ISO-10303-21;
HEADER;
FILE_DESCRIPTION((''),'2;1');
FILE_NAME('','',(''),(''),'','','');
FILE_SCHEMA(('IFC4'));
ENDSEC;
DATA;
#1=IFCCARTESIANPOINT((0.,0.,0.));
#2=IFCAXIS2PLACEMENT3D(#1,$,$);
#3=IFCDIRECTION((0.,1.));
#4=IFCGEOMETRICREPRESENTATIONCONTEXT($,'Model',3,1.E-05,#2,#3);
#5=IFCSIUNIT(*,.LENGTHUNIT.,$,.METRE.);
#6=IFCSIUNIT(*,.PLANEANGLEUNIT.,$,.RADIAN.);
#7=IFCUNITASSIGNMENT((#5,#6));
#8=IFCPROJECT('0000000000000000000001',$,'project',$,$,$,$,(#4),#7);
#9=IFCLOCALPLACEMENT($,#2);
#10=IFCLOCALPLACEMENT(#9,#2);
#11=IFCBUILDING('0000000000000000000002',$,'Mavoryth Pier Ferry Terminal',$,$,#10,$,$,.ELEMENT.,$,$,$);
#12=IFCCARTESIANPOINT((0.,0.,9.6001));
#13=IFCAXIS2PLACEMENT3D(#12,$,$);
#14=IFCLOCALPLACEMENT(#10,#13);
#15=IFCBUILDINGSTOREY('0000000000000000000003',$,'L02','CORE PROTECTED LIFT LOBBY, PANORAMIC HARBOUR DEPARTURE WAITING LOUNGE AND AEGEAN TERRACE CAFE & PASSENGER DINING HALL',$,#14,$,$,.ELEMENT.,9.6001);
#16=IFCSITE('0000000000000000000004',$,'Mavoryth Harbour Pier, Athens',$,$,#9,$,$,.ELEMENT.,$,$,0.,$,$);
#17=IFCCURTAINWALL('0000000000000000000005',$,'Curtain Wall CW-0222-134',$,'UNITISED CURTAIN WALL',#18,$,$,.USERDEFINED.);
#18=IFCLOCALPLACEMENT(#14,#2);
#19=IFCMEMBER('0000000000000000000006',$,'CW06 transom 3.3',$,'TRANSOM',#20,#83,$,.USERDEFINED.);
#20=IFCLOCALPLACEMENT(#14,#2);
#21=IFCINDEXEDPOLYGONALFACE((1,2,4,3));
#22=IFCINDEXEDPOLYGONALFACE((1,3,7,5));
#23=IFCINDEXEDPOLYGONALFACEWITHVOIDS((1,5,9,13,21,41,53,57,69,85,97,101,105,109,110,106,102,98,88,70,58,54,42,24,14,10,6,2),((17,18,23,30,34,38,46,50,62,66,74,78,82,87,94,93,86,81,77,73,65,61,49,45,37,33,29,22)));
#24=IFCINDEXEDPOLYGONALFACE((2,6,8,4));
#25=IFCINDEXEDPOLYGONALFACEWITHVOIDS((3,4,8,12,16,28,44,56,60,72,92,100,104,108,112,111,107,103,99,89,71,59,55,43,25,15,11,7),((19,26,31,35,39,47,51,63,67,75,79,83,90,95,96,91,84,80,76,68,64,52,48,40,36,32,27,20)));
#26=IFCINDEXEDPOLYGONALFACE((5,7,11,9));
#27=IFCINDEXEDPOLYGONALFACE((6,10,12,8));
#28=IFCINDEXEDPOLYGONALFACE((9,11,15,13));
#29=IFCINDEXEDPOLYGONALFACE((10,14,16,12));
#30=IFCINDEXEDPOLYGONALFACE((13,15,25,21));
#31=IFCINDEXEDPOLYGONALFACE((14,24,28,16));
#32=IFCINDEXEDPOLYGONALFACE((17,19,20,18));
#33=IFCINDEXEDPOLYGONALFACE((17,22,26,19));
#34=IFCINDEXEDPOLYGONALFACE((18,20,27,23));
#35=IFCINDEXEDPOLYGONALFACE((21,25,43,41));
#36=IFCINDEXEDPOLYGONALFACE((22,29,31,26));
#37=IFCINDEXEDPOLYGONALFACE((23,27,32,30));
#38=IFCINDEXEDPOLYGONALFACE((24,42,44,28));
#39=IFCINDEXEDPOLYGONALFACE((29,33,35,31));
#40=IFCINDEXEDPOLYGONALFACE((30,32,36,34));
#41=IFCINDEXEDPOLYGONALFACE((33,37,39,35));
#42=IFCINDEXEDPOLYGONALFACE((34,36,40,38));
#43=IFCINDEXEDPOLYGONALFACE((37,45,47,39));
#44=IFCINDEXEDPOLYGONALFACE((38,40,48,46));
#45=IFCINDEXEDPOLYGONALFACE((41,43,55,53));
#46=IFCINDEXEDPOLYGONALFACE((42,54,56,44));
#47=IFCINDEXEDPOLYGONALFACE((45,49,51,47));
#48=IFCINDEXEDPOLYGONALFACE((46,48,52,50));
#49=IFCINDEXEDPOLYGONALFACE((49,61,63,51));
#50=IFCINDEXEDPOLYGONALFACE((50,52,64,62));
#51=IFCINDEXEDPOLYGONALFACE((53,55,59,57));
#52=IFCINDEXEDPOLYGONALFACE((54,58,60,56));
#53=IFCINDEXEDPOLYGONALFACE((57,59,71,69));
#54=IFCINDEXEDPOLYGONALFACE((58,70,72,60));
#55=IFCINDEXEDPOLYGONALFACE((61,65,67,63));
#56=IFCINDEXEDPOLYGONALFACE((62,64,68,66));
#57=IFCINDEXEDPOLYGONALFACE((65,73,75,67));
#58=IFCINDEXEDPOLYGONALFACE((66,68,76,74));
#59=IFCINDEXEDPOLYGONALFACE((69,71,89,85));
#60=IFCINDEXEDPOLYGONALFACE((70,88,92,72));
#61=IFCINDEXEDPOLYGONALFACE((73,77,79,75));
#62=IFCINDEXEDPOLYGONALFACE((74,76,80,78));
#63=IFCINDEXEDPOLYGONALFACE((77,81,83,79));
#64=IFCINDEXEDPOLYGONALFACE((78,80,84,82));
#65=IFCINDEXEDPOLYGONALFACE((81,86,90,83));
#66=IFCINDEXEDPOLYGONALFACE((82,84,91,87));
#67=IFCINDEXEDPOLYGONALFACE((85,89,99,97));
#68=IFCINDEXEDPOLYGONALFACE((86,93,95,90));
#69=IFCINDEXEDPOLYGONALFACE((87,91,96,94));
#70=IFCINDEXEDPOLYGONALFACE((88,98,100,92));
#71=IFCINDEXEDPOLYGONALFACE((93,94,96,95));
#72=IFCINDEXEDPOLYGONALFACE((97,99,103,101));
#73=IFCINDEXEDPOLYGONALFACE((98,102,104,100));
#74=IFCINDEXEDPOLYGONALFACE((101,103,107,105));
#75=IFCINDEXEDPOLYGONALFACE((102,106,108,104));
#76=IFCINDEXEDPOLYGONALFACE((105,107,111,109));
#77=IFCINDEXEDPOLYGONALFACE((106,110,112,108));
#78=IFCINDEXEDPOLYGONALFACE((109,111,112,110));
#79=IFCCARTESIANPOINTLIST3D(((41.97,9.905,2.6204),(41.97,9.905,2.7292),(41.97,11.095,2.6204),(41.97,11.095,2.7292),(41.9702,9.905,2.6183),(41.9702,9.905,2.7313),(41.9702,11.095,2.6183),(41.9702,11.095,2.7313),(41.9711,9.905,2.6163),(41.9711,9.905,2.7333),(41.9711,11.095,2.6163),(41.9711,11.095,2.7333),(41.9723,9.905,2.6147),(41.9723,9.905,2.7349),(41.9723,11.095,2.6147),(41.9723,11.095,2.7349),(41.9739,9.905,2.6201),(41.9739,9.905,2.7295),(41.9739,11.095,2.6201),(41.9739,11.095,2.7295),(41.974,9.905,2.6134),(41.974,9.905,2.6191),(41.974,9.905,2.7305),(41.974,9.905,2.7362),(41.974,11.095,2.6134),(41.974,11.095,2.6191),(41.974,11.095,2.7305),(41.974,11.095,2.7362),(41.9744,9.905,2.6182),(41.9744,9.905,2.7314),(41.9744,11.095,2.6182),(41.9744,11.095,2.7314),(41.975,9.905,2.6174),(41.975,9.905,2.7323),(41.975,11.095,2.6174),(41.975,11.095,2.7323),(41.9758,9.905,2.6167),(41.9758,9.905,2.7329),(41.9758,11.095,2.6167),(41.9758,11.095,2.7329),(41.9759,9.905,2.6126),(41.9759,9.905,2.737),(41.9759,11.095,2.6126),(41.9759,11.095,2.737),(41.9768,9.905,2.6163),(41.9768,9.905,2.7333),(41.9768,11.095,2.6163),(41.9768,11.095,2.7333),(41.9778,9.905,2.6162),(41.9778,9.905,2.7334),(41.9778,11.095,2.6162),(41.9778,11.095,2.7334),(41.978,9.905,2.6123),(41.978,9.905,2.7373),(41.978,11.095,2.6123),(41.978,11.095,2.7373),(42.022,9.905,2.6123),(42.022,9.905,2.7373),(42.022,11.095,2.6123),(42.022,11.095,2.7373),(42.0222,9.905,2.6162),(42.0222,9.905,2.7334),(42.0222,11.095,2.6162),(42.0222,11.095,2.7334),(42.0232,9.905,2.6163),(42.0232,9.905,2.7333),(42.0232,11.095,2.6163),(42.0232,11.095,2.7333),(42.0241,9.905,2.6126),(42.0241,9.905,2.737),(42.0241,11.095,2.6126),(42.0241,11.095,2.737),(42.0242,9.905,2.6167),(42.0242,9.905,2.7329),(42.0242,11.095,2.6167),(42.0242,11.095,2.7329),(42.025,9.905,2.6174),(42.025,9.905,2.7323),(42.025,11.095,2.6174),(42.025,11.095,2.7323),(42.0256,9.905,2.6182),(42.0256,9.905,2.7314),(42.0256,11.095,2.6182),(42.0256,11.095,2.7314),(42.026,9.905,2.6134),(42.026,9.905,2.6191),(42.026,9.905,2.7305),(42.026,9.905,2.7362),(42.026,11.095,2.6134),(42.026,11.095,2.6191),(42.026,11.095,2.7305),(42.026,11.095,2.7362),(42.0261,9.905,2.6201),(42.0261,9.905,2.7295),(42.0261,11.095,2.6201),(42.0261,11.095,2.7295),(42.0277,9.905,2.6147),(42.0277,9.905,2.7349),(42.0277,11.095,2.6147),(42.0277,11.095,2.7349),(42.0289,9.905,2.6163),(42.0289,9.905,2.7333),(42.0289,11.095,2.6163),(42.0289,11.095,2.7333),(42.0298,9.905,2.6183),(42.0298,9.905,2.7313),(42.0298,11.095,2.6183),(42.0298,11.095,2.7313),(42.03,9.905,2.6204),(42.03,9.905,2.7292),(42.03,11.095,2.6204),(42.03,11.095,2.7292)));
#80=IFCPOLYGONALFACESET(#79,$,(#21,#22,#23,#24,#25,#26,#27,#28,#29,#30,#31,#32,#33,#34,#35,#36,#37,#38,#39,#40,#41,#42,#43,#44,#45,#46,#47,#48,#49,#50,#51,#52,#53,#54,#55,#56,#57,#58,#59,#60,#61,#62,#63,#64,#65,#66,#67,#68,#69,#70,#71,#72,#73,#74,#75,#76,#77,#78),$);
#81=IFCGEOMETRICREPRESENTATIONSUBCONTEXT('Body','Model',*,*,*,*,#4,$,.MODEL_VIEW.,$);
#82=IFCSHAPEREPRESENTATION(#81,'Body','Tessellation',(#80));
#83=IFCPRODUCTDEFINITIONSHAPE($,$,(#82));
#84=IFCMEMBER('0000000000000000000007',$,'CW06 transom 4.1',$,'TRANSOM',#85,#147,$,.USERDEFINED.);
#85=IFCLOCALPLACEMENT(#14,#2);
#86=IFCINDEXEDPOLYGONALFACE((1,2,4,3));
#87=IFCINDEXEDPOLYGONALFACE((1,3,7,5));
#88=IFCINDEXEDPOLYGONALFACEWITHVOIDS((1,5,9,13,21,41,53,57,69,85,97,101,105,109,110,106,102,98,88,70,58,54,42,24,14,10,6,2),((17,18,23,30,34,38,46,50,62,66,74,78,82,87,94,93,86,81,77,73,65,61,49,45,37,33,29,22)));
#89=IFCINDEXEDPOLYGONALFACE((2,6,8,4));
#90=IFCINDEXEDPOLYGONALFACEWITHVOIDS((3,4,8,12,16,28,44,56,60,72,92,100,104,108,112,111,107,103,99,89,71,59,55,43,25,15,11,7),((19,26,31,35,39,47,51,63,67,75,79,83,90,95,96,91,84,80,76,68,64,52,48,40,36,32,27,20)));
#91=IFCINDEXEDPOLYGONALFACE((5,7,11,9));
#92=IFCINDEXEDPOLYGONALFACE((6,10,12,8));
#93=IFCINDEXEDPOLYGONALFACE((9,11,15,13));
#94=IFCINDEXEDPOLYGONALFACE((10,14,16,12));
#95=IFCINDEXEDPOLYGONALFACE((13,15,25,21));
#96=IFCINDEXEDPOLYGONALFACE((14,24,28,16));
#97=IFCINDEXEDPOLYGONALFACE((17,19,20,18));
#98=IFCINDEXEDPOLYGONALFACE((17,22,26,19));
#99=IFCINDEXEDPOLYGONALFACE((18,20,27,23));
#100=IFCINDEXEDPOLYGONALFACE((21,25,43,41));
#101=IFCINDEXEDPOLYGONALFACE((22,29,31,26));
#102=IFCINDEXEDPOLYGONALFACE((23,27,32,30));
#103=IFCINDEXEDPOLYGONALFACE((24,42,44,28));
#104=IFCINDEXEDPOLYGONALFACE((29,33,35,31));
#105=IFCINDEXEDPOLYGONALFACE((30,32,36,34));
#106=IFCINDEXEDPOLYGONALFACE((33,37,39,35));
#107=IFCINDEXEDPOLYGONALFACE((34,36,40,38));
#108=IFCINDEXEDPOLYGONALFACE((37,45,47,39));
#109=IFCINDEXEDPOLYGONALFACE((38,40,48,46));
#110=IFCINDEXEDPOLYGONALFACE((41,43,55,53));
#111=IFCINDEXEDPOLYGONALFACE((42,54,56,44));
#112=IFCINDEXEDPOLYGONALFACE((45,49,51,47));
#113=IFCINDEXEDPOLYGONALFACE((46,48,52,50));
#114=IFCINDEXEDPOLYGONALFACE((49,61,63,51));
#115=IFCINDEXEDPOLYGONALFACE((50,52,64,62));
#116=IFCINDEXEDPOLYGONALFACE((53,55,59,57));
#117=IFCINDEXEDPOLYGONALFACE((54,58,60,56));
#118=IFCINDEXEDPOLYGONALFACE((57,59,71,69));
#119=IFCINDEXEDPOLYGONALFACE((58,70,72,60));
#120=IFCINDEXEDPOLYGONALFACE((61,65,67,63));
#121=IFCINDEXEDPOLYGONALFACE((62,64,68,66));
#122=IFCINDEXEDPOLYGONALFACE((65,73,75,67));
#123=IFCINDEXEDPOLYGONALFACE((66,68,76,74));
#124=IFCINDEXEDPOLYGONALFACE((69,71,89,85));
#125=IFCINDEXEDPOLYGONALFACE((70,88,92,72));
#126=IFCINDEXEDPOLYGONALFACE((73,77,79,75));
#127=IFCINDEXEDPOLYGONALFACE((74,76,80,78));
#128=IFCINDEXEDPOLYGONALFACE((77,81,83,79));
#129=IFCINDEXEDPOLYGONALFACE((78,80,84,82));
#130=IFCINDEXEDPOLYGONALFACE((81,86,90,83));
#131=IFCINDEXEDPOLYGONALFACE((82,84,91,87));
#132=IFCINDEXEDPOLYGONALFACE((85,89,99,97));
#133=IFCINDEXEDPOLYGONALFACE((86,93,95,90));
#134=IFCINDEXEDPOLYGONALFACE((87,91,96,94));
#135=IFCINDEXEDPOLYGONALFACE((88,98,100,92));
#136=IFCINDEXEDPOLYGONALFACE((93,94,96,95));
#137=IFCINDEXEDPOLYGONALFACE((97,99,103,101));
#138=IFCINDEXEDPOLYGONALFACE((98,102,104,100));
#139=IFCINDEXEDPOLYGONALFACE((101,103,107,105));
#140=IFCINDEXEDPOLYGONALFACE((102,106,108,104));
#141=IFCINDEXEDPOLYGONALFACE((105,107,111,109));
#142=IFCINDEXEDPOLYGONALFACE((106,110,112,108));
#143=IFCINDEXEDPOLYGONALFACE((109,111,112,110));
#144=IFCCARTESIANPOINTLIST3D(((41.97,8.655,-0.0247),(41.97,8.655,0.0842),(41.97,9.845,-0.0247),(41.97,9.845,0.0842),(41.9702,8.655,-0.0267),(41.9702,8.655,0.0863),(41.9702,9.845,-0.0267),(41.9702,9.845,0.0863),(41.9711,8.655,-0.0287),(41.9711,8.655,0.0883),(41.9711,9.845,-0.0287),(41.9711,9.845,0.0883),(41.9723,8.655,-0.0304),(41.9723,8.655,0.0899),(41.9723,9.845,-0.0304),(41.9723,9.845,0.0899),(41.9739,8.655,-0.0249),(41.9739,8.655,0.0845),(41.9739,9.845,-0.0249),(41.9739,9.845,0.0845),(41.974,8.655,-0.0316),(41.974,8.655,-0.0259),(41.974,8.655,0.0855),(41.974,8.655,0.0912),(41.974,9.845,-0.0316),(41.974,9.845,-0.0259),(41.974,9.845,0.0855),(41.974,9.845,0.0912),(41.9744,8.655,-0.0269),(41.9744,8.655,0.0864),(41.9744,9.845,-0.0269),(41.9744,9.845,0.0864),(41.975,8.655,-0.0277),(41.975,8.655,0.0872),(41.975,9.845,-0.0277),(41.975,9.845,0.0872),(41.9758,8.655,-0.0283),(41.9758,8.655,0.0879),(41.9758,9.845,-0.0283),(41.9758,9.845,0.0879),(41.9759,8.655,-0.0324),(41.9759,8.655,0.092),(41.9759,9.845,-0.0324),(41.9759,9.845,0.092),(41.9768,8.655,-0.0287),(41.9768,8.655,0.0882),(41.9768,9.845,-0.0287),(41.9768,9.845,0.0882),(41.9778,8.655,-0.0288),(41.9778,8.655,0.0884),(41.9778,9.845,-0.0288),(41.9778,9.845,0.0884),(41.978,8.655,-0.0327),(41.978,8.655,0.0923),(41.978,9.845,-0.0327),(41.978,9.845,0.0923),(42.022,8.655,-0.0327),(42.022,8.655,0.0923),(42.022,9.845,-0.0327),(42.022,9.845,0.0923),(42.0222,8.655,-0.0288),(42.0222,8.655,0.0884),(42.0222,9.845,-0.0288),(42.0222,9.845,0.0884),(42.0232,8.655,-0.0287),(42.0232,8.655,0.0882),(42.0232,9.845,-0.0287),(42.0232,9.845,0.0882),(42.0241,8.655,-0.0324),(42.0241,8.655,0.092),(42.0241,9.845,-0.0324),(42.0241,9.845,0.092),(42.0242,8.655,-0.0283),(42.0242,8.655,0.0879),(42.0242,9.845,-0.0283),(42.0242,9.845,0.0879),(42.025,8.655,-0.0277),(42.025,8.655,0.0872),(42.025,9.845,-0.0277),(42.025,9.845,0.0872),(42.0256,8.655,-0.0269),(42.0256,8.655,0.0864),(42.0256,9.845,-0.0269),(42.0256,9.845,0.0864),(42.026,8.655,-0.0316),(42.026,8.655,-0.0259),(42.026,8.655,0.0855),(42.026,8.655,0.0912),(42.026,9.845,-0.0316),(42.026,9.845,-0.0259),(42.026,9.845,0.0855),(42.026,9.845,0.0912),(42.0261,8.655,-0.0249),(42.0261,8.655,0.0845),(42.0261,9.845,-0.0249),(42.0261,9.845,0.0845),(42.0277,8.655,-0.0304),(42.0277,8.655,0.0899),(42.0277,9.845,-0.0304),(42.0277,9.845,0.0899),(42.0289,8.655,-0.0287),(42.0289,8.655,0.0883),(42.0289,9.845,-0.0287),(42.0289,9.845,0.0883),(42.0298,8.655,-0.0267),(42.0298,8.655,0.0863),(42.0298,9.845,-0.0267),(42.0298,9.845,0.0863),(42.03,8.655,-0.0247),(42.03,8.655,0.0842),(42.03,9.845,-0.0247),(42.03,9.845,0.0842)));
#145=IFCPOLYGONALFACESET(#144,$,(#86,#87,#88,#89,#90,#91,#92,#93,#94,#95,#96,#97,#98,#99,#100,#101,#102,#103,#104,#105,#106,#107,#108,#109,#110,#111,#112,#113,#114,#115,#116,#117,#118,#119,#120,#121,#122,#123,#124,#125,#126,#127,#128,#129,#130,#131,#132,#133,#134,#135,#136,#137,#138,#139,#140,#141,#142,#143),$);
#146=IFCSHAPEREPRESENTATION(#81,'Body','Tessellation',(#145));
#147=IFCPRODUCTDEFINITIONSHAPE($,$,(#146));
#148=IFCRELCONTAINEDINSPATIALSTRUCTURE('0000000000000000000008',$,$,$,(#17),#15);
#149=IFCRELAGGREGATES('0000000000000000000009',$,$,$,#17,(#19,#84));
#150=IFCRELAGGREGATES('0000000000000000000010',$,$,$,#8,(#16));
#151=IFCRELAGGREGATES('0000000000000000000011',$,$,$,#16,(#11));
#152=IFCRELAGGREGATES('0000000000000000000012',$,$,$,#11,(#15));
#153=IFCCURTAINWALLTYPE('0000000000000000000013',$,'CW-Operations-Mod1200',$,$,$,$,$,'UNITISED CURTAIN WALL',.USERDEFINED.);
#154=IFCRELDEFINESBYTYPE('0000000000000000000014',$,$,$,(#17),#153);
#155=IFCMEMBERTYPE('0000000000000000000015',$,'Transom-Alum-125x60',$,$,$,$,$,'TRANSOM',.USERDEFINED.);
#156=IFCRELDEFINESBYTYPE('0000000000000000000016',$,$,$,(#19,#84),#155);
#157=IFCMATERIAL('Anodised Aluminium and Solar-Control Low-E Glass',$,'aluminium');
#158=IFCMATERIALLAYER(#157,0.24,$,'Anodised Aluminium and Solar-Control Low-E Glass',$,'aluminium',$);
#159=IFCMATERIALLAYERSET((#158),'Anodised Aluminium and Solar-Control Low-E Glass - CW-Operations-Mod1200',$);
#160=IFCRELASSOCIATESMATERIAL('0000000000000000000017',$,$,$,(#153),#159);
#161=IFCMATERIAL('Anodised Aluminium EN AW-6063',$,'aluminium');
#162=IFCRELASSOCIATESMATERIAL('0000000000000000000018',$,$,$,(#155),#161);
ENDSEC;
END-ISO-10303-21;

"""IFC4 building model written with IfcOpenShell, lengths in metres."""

from ifc_helpers import new_model, si_unit, direction, frame, origin, origin_2d, place, context, subcontext, project, spatial, hollow_rectangle, extrude, material, layer, layer_set, material_profile, profile_set, type_object, element, aggregate, save


model = new_model("IFC4")

# Units and contexts
model_context = context("Model", 3, precision=1e-05, world=origin(), true_north=direction((0.0, 1.0)))
body_context = subcontext(model_context, "Body", "Model", "MODEL_VIEW")
ifc_project = project(units=[si_unit("LENGTHUNIT", "METRE"), si_unit("PLANEANGLEUNIT", "RADIAN")], contexts=[model_context])

# Site, building, storey
site_placement = place(None, origin())
site = spatial("IfcSite", under=ifc_project, at=site_placement, Name="Mavoryth Harbour Pier, Athens", CompositionType="ELEMENT", RefElevation=0.0)
building_placement = place(site_placement, origin())
building = spatial("IfcBuilding", under=site, at=building_placement, Name="Mavoryth Pier Ferry Terminal", CompositionType="ELEMENT")
storey_placement = place(building_placement, frame((0.0, 0.0, 9.6001)))
storey = spatial("IfcBuildingStorey", under=building, at=storey_placement, Name="L02", Description="CORE PROTECTED LIFT LOBBY, PANORAMIC HARBOUR DEPARTURE WAITING LOUNGE AND AEGEAN TERRACE CAFE & PASSENGER DINING HALL", CompositionType="ELEMENT", Elevation=9.6001)

# Curtain wall
ifc_material_1 = material(Name="Anodised Aluminium and Solar-Control Low-E Glass", Category="aluminium")
ifc_layer_1 = layer(ifc_material_1, 0.24, Name="Anodised Aluminium and Solar-Control Low-E Glass", Category="aluminium")
ifc_layer_set_1 = layer_set([ifc_layer_1], Name="Anodised Aluminium and Solar-Control Low-E Glass - CW-Operations-Mod1200")
curtain_wall_type = type_object("IfcCurtainWallType", Name="CW-Operations-Mod1200", ElementType="UNITISED CURTAIN WALL", PredefinedType="USERDEFINED", material=ifc_layer_set_1)
ifc_material_2 = material(Name="Anodised Aluminium EN AW-6063", Category="aluminium")
curtain_wall_1_placement = place(storey_placement, origin())
curtain_wall_1 = element("IfcCurtainWall", 1, at=curtain_wall_1_placement, inside=storey, type_object=curtain_wall_type, Name="Curtain Wall CW-0222-134", ObjectType="UNITISED CURTAIN WALL", PredefinedType="USERDEFINED")

# Members
ifc_material_profile_1 = material_profile(ifc_material_2, hollow_rectangle(XDim=0.0601, YDim=0.125, WallThickness=0.0039, InnerFilletRadius=0.0039, OuterFilletRadius=0.0081, at=origin_2d()), Name="AL-TRAN 125x60x4", Category="aluminium")
ifc_profile_set_1 = profile_set([ifc_material_profile_1], Name="Anodised Aluminium EN AW-6063 - AL-TRAN 125x60x4")
member_type_1 = type_object("IfcMemberType", Name="Transom-Alum-125x60", ElementType="TRANSOM", PredefinedType="USERDEFINED", material=ifc_profile_set_1)
member_1_placement = place(storey_placement, frame((42.0, 11.095, 2.6748), z_axis=(0.0, -1.0, 0.0), x_axis=(1.0, 0.0, 0.0)))
member_1 = element("IfcMember", 2, at=member_1_placement, type_object=member_type_1, Name="CW06 transom 3.3", ObjectType="TRANSOM", PredefinedType="USERDEFINED", context=body_context, shape_type="SweptSolid", body=[
    extrude(hollow_rectangle(XDim=0.0601, YDim=0.125, WallThickness=0.0039, InnerFilletRadius=0.0039, OuterFilletRadius=0.0081, at=origin_2d()), origin(), (0.0, 0.0, 1.0), 1.1899),
])
member_2_placement = place(storey_placement, frame((42.0, 9.845, 0.0298), z_axis=(0.0, -1.0, 0.0), x_axis=(1.0, 0.0, 0.0)))
member_2 = element("IfcMember", 3, at=member_2_placement, type_object=member_type_1, Name="CW06 transom 4.1", ObjectType="TRANSOM", PredefinedType="USERDEFINED", context=body_context, shape_type="SweptSolid", body=[
    extrude(hollow_rectangle(XDim=0.0601, YDim=0.125, WallThickness=0.0039, InnerFilletRadius=0.0039, OuterFilletRadius=0.0081, at=origin_2d()), origin(), (0.0, 0.0, 1.0), 1.1899),
])

aggregate(curtain_wall_1, [member_1, member_2])

save(model, "model.ifc")
